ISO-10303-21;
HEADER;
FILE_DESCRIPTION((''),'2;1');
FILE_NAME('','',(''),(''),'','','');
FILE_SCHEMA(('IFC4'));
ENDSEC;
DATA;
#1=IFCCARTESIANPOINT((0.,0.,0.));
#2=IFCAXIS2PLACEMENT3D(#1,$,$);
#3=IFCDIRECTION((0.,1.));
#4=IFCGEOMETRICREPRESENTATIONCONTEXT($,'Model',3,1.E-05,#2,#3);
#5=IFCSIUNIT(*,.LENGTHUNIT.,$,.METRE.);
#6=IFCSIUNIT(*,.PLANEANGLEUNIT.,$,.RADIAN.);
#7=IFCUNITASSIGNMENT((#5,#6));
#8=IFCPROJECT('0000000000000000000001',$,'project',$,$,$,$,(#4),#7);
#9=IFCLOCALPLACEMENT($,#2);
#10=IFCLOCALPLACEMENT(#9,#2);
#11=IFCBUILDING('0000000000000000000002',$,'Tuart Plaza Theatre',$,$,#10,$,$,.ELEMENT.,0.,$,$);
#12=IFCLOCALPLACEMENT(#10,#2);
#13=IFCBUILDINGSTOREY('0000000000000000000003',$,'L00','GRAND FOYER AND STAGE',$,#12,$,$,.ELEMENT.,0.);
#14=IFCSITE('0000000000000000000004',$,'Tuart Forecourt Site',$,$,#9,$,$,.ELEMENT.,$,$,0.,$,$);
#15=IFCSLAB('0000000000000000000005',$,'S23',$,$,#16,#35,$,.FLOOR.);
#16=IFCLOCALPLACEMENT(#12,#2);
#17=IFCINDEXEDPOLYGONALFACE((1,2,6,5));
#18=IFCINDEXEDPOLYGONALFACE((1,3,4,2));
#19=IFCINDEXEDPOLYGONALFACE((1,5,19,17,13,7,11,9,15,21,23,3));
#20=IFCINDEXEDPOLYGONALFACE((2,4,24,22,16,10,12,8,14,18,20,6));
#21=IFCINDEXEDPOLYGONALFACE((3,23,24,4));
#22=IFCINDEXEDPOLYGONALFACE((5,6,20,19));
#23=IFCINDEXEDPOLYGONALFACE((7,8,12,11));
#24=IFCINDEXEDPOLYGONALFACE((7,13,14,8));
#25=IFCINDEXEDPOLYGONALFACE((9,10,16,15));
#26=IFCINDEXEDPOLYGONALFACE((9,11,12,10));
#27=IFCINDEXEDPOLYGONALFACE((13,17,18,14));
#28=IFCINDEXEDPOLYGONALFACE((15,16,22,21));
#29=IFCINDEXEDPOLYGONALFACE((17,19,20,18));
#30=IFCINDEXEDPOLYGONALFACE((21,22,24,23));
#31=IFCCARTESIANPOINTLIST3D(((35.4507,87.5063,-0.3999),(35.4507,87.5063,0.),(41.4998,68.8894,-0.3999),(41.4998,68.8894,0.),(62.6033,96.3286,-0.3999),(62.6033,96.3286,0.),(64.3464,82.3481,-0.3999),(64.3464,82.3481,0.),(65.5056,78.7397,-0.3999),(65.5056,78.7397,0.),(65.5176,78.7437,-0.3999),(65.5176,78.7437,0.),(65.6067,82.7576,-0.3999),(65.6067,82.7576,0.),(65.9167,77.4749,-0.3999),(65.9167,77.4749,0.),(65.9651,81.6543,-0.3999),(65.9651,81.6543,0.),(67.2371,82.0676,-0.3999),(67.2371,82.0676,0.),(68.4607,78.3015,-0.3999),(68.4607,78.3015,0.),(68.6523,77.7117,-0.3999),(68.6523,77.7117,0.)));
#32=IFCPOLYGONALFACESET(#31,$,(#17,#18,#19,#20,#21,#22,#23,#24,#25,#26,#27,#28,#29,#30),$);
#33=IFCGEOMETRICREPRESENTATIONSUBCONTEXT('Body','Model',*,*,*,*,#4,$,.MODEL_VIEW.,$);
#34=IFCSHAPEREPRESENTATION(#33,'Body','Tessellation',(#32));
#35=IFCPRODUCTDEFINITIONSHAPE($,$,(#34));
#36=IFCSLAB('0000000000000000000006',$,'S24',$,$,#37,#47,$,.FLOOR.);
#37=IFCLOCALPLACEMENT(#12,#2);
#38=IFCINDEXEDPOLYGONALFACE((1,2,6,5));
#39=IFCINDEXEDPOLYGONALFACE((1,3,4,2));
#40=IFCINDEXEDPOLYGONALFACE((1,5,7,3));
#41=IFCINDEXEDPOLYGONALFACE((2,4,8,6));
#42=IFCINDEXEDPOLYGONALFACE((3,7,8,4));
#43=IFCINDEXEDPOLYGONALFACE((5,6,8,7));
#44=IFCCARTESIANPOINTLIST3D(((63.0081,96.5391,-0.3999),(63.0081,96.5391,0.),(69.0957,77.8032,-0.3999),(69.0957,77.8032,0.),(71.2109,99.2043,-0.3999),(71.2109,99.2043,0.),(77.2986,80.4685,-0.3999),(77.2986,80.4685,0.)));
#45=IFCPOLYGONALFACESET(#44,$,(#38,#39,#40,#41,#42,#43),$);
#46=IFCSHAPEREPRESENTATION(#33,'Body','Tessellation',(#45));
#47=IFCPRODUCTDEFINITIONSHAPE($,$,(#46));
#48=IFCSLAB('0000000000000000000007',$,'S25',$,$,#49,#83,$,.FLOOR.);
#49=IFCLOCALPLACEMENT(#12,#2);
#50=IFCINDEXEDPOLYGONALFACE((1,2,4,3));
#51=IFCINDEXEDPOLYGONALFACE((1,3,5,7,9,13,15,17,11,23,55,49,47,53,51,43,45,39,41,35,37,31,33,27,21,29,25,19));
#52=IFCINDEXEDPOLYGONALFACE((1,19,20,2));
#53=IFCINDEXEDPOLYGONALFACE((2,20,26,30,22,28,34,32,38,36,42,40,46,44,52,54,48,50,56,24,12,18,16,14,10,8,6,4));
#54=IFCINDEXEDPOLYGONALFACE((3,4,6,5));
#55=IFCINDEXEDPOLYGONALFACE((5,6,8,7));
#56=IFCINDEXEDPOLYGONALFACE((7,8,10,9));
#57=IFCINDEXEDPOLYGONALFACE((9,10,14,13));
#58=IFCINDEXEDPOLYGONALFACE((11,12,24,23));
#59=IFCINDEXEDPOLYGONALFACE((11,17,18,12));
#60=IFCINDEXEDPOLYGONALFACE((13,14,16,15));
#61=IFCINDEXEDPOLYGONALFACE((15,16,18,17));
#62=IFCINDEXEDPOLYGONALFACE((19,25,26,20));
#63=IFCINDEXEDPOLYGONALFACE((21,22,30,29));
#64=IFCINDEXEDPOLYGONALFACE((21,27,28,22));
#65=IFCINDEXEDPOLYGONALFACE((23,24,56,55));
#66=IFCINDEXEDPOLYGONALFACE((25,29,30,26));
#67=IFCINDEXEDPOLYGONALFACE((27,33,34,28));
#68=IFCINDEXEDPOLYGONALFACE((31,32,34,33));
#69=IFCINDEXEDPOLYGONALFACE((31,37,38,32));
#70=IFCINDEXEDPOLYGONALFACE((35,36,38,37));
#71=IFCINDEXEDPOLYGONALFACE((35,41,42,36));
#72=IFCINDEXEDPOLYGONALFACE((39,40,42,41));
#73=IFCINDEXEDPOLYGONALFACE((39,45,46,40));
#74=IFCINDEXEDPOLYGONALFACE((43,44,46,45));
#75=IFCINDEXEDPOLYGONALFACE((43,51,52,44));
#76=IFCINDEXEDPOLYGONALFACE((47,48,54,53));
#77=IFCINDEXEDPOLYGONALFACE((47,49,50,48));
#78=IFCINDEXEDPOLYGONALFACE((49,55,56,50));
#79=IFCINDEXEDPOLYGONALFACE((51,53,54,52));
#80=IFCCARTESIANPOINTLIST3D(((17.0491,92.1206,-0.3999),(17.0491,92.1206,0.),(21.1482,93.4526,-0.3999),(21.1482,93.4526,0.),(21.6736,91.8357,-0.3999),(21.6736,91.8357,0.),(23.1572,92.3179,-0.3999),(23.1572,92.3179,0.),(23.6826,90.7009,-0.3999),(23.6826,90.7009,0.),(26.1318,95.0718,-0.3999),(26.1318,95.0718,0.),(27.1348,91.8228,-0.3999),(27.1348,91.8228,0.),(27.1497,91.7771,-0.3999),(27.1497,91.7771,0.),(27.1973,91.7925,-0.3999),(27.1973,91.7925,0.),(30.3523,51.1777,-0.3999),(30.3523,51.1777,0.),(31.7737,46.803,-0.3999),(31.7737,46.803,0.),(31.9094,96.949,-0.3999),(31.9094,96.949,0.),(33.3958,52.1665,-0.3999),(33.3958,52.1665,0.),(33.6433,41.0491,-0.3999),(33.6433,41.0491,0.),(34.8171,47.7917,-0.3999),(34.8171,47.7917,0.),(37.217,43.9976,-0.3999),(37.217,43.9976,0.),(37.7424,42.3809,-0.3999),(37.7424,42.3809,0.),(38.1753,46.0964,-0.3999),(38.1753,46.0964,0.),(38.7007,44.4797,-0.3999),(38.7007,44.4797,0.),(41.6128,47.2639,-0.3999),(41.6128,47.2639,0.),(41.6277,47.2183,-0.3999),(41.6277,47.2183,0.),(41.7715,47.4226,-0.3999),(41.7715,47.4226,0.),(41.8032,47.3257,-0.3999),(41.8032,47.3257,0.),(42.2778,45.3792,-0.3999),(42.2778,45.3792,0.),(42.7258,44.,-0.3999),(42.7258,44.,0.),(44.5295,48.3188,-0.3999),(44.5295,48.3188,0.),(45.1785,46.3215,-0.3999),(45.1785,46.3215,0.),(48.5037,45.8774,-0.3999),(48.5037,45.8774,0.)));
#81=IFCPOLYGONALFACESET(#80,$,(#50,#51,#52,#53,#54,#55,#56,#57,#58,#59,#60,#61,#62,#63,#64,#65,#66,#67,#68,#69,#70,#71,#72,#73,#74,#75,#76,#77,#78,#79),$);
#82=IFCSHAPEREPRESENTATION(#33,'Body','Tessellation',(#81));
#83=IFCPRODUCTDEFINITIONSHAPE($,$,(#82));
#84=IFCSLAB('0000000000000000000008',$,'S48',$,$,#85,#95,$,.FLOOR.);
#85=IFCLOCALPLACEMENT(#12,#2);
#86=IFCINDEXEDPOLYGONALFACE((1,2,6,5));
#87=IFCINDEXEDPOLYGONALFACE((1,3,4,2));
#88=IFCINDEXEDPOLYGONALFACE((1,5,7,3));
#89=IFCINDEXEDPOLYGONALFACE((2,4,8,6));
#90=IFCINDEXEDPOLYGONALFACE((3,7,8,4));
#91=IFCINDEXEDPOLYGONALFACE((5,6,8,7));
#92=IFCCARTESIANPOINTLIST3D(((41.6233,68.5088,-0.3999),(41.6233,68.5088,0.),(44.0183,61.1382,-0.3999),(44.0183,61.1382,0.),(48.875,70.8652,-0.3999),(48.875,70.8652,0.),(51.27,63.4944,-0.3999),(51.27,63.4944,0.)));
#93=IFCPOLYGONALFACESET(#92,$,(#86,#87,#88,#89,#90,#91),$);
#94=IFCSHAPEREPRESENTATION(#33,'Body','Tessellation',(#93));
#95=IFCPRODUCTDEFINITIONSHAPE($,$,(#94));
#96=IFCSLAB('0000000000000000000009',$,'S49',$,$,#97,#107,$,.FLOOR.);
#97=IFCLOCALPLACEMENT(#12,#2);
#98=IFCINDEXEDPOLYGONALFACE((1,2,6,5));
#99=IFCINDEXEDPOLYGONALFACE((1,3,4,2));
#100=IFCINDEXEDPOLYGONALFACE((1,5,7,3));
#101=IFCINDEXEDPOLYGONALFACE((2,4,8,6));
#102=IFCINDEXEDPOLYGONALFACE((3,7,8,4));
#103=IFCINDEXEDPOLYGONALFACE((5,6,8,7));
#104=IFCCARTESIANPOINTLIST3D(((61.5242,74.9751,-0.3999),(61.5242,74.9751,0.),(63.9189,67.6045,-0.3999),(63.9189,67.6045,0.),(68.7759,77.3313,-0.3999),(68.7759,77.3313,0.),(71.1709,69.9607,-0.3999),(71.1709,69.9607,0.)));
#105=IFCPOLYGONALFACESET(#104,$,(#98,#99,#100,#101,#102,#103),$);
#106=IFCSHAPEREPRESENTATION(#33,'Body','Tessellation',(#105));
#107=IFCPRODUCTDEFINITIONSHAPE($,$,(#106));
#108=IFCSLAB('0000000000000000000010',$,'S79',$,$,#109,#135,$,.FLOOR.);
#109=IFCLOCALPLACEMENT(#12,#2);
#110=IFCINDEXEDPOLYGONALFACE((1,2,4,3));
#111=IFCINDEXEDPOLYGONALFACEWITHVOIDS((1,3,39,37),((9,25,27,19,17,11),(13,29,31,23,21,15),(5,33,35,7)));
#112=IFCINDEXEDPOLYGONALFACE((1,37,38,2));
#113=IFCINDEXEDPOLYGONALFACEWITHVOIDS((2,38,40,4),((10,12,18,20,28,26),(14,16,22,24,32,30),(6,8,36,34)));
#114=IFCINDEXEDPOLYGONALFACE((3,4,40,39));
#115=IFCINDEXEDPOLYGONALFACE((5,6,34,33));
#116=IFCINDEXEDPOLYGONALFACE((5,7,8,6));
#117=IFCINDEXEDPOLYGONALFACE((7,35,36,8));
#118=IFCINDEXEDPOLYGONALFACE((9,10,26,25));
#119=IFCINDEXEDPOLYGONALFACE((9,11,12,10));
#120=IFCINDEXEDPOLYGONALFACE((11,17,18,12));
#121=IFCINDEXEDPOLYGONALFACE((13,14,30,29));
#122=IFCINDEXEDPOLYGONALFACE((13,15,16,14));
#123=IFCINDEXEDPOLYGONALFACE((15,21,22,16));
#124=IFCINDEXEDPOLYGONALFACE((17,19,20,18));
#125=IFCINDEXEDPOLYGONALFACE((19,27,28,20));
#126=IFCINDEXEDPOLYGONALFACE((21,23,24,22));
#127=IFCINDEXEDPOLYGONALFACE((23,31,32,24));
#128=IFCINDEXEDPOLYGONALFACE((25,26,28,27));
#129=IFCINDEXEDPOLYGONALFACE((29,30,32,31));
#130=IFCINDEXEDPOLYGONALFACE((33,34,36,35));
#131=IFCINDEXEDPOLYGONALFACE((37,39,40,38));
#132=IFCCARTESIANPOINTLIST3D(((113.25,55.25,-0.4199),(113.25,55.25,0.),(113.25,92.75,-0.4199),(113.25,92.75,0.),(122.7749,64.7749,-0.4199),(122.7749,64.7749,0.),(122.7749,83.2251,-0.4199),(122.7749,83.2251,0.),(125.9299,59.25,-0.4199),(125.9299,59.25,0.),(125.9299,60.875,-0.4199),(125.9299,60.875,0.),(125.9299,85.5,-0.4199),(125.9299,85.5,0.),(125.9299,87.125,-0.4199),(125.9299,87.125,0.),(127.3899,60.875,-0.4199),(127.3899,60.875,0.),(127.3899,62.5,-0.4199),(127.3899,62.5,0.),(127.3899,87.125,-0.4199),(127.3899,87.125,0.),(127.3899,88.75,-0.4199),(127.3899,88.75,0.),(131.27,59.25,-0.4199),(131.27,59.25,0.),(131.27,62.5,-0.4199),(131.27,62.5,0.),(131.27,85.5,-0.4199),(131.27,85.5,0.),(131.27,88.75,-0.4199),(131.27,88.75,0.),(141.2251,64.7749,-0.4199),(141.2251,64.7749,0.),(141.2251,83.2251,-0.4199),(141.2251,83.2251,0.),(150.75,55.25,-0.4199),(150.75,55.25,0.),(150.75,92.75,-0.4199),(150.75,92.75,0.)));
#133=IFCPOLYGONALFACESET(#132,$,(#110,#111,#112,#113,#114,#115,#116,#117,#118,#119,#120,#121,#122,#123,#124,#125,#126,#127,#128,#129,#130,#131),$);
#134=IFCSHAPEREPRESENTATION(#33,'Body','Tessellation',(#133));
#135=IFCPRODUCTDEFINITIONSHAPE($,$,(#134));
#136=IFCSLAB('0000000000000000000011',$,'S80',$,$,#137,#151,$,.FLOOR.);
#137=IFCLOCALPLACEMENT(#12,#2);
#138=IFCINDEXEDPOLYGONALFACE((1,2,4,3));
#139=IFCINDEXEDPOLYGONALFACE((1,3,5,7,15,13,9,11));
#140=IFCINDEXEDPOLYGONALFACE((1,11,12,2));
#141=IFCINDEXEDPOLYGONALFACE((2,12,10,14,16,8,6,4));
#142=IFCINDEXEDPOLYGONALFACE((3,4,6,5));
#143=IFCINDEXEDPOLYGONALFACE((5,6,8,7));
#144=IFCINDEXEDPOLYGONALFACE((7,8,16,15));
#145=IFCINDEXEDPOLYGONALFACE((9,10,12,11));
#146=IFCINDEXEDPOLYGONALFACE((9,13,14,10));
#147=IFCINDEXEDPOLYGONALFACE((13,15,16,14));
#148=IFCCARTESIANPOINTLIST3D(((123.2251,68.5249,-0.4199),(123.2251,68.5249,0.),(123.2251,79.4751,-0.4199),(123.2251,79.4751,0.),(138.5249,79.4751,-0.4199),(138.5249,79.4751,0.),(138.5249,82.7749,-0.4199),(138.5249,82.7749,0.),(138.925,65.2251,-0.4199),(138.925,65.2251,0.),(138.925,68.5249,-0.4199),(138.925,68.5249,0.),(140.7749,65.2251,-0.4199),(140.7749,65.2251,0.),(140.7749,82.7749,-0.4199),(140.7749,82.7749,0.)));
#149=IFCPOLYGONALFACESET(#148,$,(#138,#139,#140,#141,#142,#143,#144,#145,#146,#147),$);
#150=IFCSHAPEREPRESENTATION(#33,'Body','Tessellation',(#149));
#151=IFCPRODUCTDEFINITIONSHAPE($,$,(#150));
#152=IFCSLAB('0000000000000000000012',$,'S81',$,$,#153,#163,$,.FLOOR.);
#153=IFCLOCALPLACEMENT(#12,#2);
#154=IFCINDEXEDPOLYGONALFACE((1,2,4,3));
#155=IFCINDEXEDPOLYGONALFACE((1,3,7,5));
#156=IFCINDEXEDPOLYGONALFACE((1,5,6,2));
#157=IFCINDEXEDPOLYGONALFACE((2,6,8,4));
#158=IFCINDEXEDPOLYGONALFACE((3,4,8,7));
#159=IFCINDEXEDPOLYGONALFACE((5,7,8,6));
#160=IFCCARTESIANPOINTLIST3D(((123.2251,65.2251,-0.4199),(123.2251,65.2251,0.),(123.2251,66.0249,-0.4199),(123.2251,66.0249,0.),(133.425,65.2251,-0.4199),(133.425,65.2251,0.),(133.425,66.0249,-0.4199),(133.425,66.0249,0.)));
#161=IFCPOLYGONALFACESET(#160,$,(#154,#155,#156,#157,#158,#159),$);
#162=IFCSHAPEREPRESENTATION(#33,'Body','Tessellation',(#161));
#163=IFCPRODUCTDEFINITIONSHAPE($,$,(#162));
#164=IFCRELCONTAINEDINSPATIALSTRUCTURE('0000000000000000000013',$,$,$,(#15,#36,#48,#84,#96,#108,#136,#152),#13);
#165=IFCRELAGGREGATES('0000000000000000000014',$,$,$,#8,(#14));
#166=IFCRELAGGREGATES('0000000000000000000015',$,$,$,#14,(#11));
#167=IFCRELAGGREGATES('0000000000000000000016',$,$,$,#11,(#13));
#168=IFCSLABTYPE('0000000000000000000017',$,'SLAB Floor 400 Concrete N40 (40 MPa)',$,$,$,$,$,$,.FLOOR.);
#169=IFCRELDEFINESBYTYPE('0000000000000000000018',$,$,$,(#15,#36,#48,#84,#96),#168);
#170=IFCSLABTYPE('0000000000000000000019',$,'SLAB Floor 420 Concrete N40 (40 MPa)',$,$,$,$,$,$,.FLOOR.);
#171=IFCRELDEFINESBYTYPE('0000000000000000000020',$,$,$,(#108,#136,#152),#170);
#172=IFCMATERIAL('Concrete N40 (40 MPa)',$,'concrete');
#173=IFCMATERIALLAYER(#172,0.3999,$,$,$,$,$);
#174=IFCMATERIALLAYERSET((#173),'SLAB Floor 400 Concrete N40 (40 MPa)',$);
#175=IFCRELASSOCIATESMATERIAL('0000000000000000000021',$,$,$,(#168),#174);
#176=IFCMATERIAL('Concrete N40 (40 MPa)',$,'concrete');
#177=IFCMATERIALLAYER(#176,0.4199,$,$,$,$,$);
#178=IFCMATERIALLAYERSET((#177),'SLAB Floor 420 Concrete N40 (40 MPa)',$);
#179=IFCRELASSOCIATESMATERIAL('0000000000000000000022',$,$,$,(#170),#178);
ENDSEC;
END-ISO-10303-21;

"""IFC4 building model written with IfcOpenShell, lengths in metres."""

from ifc_helpers import new_model, si_unit, direction, frame, origin, place, context, subcontext, project, spatial, polyline, outline, extrude, material, layer, layer_set, type_object, element, save


model = new_model("IFC4")

# Units and contexts
model_context = context("Model", 3, precision=1e-05, world=origin(), true_north=direction((0.0, 1.0)))
body_context = subcontext(model_context, "Body", "Model", "MODEL_VIEW")
ifc_project = project(units=[si_unit("LENGTHUNIT", "METRE"), si_unit("PLANEANGLEUNIT", "RADIAN")], contexts=[model_context])

# Site, building, storey
site_placement = place(None, origin())
site = spatial("IfcSite", under=ifc_project, at=site_placement, Name="Tuart Forecourt Site", CompositionType="ELEMENT", RefElevation=0.0)
building_placement = place(site_placement, origin())
building = spatial("IfcBuilding", under=site, at=building_placement, Name="Tuart Plaza Theatre", CompositionType="ELEMENT", ElevationOfRefHeight=0.0)
storey_placement = place(building_placement, origin())
storey = spatial("IfcBuildingStorey", under=building, at=storey_placement, Name="L00", Description="GRAND FOYER AND STAGE", CompositionType="ELEMENT", Elevation=0.0)

# Slabs
ifc_material_1 = material(Name="Concrete N40 (40 MPa)", Category="concrete")
ifc_layer_1 = layer(ifc_material_1, 0.3999)
ifc_layer_set_1 = layer_set([ifc_layer_1], Name="SLAB Floor 400 Concrete N40 (40 MPa)")
slab_type_1 = type_object("IfcSlabType", Name="SLAB Floor 400 Concrete N40 (40 MPa)", PredefinedType="FLOOR", material=ifc_layer_set_1)
slab_1_placement = place(storey_placement, frame((0.0, 0.0, -0.3999)))
element("IfcSlab", 1, at=slab_1_placement, inside=storey, type_object=slab_type_1, Name="S23", PredefinedType="FLOOR", context=body_context, shape_type="SweptSolid", body=[
    extrude(outline(polyline([(65.5176, 78.7437), (64.3464, 82.3481), (65.6067, 82.7576), (65.9651, 81.6543), (67.2371, 82.0676), (62.6033, 96.3286), (35.4507, 87.5063), (41.4998, 68.8894), (68.6523, 77.7117), (68.4607, 78.3015), (65.9167, 77.4749), (65.5056, 78.7397), (65.5176, 78.7437)])), origin(), (0.0, 0.0, 1.0), 0.3999),
])
slab_2_placement = place(storey_placement, frame((0.0, 0.0, -0.3999)))
element("IfcSlab", 2, at=slab_2_placement, inside=storey, type_object=slab_type_1, Name="S24", PredefinedType="FLOOR", context=body_context, shape_type="SweptSolid", body=[
    extrude(outline(polyline([(77.2986, 80.4685), (71.2109, 99.2043), (63.0081, 96.5391), (69.0957, 77.8032), (77.2986, 80.4685)])), origin(), (0.0, 0.0, 1.0), 0.3999),
])
slab_3_placement = place(storey_placement, frame((0.0, 0.0, -0.3999)))
element("IfcSlab", 3, at=slab_3_placement, inside=storey, type_object=slab_type_1, Name="S25", PredefinedType="FLOOR", context=body_context, shape_type="SweptSolid", body=[
    extrude(outline(polyline([(17.0491, 92.1206), (30.3523, 51.1777), (33.3958, 52.1665), (34.8171, 47.7917), (31.7737, 46.803), (33.6433, 41.0491), (37.7424, 42.3809), (37.217, 43.9976), (38.7007, 44.4797), (38.1753, 46.0964), (41.6277, 47.2183), (41.6128, 47.2639), (41.8032, 47.3257), (41.7715, 47.4226), (44.5295, 48.3188), (45.1785, 46.3215), (42.2778, 45.3792), (42.7258, 44.0), (48.5037, 45.8774), (31.9094, 96.949), (26.1318, 95.0718), (27.1973, 91.7925), (27.1497, 91.7771), (27.1348, 91.8228), (23.6826, 90.7009), (23.1572, 92.3179), (21.6736, 91.8357), (21.1482, 93.4526), (17.0491, 92.1206)])), origin(), (0.0, 0.0, 1.0), 0.3999),
])
slab_4_placement = place(storey_placement, frame((0.0, 0.0, -0.3999)))
element("IfcSlab", 4, at=slab_4_placement, inside=storey, type_object=slab_type_1, Name="S48", PredefinedType="FLOOR", context=body_context, shape_type="SweptSolid", body=[
    extrude(outline(polyline([(51.27, 63.4944), (48.875, 70.8652), (41.6233, 68.5088), (44.0183, 61.1382), (51.27, 63.4944)])), origin(), (0.0, 0.0, 1.0), 0.3999),
])
slab_5_placement = place(storey_placement, frame((0.0, 0.0, -0.3999)))
element("IfcSlab", 5, at=slab_5_placement, inside=storey, type_object=slab_type_1, Name="S49", PredefinedType="FLOOR", context=body_context, shape_type="SweptSolid", body=[
    extrude(outline(polyline([(71.1709, 69.9607), (68.7759, 77.3313), (61.5242, 74.9751), (63.9189, 67.6045), (71.1709, 69.9607)])), origin(), (0.0, 0.0, 1.0), 0.3999),
])
ifc_material_2 = material(Name="Concrete N40 (40 MPa)", Category="concrete")
ifc_layer_2 = layer(ifc_material_2, 0.4199)
ifc_layer_set_2 = layer_set([ifc_layer_2], Name="SLAB Floor 420 Concrete N40 (40 MPa)")
slab_type_2 = type_object("IfcSlabType", Name="SLAB Floor 420 Concrete N40 (40 MPa)", PredefinedType="FLOOR", material=ifc_layer_set_2)
slab_6_placement = place(storey_placement, frame((0.0, 0.0, -0.4199)))
element("IfcSlab", 6, at=slab_6_placement, inside=storey, type_object=slab_type_2, Name="S79", PredefinedType="FLOOR", context=body_context, shape_type="SweptSolid", body=[
    extrude(outline(polyline([(150.75, 55.25), (150.75, 92.75), (113.25, 92.75), (113.25, 55.25), (150.75, 55.25)]), holes=[polyline([(122.7749, 64.7749), (141.2251, 64.7749), (141.2251, 83.2251), (122.7749, 83.2251), (122.7749, 64.7749)]), polyline([(131.27, 62.5), (127.3899, 62.5), (127.3899, 60.875), (125.9299, 60.875), (125.9299, 59.25), (131.27, 59.25), (131.27, 62.5)]), polyline([(131.27, 85.5), (131.27, 88.75), (127.3899, 88.75), (127.3899, 87.125), (125.9299, 87.125), (125.9299, 85.5), (131.27, 85.5)])]), origin(), (0.0, 0.0, 1.0), 0.4199),
])
slab_7_placement = place(storey_placement, frame((0.0, 0.0, -0.4199)))
element("IfcSlab", 7, at=slab_7_placement, inside=storey, type_object=slab_type_2, Name="S80", PredefinedType="FLOOR", context=body_context, shape_type="SweptSolid", body=[
    extrude(outline(polyline([(138.925, 68.5249), (138.925, 65.2251), (140.7749, 65.2251), (140.7749, 82.7749), (138.5249, 82.7749), (138.5249, 79.4751), (123.2251, 79.4751), (123.2251, 68.5249), (138.925, 68.5249)])), origin(), (0.0, 0.0, 1.0), 0.4199),
])
slab_8_placement = place(storey_placement, frame((0.0, 0.0, -0.4199)))
element("IfcSlab", 8, at=slab_8_placement, inside=storey, type_object=slab_type_2, Name="S81", PredefinedType="FLOOR", context=body_context, shape_type="SweptSolid", body=[
    extrude(outline(polyline([(123.2251, 66.0249), (123.2251, 65.2251), (133.425, 65.2251), (133.425, 66.0249), (123.2251, 66.0249)])), origin(), (0.0, 0.0, 1.0), 0.4199),
])

save(model, "model.ifc")
